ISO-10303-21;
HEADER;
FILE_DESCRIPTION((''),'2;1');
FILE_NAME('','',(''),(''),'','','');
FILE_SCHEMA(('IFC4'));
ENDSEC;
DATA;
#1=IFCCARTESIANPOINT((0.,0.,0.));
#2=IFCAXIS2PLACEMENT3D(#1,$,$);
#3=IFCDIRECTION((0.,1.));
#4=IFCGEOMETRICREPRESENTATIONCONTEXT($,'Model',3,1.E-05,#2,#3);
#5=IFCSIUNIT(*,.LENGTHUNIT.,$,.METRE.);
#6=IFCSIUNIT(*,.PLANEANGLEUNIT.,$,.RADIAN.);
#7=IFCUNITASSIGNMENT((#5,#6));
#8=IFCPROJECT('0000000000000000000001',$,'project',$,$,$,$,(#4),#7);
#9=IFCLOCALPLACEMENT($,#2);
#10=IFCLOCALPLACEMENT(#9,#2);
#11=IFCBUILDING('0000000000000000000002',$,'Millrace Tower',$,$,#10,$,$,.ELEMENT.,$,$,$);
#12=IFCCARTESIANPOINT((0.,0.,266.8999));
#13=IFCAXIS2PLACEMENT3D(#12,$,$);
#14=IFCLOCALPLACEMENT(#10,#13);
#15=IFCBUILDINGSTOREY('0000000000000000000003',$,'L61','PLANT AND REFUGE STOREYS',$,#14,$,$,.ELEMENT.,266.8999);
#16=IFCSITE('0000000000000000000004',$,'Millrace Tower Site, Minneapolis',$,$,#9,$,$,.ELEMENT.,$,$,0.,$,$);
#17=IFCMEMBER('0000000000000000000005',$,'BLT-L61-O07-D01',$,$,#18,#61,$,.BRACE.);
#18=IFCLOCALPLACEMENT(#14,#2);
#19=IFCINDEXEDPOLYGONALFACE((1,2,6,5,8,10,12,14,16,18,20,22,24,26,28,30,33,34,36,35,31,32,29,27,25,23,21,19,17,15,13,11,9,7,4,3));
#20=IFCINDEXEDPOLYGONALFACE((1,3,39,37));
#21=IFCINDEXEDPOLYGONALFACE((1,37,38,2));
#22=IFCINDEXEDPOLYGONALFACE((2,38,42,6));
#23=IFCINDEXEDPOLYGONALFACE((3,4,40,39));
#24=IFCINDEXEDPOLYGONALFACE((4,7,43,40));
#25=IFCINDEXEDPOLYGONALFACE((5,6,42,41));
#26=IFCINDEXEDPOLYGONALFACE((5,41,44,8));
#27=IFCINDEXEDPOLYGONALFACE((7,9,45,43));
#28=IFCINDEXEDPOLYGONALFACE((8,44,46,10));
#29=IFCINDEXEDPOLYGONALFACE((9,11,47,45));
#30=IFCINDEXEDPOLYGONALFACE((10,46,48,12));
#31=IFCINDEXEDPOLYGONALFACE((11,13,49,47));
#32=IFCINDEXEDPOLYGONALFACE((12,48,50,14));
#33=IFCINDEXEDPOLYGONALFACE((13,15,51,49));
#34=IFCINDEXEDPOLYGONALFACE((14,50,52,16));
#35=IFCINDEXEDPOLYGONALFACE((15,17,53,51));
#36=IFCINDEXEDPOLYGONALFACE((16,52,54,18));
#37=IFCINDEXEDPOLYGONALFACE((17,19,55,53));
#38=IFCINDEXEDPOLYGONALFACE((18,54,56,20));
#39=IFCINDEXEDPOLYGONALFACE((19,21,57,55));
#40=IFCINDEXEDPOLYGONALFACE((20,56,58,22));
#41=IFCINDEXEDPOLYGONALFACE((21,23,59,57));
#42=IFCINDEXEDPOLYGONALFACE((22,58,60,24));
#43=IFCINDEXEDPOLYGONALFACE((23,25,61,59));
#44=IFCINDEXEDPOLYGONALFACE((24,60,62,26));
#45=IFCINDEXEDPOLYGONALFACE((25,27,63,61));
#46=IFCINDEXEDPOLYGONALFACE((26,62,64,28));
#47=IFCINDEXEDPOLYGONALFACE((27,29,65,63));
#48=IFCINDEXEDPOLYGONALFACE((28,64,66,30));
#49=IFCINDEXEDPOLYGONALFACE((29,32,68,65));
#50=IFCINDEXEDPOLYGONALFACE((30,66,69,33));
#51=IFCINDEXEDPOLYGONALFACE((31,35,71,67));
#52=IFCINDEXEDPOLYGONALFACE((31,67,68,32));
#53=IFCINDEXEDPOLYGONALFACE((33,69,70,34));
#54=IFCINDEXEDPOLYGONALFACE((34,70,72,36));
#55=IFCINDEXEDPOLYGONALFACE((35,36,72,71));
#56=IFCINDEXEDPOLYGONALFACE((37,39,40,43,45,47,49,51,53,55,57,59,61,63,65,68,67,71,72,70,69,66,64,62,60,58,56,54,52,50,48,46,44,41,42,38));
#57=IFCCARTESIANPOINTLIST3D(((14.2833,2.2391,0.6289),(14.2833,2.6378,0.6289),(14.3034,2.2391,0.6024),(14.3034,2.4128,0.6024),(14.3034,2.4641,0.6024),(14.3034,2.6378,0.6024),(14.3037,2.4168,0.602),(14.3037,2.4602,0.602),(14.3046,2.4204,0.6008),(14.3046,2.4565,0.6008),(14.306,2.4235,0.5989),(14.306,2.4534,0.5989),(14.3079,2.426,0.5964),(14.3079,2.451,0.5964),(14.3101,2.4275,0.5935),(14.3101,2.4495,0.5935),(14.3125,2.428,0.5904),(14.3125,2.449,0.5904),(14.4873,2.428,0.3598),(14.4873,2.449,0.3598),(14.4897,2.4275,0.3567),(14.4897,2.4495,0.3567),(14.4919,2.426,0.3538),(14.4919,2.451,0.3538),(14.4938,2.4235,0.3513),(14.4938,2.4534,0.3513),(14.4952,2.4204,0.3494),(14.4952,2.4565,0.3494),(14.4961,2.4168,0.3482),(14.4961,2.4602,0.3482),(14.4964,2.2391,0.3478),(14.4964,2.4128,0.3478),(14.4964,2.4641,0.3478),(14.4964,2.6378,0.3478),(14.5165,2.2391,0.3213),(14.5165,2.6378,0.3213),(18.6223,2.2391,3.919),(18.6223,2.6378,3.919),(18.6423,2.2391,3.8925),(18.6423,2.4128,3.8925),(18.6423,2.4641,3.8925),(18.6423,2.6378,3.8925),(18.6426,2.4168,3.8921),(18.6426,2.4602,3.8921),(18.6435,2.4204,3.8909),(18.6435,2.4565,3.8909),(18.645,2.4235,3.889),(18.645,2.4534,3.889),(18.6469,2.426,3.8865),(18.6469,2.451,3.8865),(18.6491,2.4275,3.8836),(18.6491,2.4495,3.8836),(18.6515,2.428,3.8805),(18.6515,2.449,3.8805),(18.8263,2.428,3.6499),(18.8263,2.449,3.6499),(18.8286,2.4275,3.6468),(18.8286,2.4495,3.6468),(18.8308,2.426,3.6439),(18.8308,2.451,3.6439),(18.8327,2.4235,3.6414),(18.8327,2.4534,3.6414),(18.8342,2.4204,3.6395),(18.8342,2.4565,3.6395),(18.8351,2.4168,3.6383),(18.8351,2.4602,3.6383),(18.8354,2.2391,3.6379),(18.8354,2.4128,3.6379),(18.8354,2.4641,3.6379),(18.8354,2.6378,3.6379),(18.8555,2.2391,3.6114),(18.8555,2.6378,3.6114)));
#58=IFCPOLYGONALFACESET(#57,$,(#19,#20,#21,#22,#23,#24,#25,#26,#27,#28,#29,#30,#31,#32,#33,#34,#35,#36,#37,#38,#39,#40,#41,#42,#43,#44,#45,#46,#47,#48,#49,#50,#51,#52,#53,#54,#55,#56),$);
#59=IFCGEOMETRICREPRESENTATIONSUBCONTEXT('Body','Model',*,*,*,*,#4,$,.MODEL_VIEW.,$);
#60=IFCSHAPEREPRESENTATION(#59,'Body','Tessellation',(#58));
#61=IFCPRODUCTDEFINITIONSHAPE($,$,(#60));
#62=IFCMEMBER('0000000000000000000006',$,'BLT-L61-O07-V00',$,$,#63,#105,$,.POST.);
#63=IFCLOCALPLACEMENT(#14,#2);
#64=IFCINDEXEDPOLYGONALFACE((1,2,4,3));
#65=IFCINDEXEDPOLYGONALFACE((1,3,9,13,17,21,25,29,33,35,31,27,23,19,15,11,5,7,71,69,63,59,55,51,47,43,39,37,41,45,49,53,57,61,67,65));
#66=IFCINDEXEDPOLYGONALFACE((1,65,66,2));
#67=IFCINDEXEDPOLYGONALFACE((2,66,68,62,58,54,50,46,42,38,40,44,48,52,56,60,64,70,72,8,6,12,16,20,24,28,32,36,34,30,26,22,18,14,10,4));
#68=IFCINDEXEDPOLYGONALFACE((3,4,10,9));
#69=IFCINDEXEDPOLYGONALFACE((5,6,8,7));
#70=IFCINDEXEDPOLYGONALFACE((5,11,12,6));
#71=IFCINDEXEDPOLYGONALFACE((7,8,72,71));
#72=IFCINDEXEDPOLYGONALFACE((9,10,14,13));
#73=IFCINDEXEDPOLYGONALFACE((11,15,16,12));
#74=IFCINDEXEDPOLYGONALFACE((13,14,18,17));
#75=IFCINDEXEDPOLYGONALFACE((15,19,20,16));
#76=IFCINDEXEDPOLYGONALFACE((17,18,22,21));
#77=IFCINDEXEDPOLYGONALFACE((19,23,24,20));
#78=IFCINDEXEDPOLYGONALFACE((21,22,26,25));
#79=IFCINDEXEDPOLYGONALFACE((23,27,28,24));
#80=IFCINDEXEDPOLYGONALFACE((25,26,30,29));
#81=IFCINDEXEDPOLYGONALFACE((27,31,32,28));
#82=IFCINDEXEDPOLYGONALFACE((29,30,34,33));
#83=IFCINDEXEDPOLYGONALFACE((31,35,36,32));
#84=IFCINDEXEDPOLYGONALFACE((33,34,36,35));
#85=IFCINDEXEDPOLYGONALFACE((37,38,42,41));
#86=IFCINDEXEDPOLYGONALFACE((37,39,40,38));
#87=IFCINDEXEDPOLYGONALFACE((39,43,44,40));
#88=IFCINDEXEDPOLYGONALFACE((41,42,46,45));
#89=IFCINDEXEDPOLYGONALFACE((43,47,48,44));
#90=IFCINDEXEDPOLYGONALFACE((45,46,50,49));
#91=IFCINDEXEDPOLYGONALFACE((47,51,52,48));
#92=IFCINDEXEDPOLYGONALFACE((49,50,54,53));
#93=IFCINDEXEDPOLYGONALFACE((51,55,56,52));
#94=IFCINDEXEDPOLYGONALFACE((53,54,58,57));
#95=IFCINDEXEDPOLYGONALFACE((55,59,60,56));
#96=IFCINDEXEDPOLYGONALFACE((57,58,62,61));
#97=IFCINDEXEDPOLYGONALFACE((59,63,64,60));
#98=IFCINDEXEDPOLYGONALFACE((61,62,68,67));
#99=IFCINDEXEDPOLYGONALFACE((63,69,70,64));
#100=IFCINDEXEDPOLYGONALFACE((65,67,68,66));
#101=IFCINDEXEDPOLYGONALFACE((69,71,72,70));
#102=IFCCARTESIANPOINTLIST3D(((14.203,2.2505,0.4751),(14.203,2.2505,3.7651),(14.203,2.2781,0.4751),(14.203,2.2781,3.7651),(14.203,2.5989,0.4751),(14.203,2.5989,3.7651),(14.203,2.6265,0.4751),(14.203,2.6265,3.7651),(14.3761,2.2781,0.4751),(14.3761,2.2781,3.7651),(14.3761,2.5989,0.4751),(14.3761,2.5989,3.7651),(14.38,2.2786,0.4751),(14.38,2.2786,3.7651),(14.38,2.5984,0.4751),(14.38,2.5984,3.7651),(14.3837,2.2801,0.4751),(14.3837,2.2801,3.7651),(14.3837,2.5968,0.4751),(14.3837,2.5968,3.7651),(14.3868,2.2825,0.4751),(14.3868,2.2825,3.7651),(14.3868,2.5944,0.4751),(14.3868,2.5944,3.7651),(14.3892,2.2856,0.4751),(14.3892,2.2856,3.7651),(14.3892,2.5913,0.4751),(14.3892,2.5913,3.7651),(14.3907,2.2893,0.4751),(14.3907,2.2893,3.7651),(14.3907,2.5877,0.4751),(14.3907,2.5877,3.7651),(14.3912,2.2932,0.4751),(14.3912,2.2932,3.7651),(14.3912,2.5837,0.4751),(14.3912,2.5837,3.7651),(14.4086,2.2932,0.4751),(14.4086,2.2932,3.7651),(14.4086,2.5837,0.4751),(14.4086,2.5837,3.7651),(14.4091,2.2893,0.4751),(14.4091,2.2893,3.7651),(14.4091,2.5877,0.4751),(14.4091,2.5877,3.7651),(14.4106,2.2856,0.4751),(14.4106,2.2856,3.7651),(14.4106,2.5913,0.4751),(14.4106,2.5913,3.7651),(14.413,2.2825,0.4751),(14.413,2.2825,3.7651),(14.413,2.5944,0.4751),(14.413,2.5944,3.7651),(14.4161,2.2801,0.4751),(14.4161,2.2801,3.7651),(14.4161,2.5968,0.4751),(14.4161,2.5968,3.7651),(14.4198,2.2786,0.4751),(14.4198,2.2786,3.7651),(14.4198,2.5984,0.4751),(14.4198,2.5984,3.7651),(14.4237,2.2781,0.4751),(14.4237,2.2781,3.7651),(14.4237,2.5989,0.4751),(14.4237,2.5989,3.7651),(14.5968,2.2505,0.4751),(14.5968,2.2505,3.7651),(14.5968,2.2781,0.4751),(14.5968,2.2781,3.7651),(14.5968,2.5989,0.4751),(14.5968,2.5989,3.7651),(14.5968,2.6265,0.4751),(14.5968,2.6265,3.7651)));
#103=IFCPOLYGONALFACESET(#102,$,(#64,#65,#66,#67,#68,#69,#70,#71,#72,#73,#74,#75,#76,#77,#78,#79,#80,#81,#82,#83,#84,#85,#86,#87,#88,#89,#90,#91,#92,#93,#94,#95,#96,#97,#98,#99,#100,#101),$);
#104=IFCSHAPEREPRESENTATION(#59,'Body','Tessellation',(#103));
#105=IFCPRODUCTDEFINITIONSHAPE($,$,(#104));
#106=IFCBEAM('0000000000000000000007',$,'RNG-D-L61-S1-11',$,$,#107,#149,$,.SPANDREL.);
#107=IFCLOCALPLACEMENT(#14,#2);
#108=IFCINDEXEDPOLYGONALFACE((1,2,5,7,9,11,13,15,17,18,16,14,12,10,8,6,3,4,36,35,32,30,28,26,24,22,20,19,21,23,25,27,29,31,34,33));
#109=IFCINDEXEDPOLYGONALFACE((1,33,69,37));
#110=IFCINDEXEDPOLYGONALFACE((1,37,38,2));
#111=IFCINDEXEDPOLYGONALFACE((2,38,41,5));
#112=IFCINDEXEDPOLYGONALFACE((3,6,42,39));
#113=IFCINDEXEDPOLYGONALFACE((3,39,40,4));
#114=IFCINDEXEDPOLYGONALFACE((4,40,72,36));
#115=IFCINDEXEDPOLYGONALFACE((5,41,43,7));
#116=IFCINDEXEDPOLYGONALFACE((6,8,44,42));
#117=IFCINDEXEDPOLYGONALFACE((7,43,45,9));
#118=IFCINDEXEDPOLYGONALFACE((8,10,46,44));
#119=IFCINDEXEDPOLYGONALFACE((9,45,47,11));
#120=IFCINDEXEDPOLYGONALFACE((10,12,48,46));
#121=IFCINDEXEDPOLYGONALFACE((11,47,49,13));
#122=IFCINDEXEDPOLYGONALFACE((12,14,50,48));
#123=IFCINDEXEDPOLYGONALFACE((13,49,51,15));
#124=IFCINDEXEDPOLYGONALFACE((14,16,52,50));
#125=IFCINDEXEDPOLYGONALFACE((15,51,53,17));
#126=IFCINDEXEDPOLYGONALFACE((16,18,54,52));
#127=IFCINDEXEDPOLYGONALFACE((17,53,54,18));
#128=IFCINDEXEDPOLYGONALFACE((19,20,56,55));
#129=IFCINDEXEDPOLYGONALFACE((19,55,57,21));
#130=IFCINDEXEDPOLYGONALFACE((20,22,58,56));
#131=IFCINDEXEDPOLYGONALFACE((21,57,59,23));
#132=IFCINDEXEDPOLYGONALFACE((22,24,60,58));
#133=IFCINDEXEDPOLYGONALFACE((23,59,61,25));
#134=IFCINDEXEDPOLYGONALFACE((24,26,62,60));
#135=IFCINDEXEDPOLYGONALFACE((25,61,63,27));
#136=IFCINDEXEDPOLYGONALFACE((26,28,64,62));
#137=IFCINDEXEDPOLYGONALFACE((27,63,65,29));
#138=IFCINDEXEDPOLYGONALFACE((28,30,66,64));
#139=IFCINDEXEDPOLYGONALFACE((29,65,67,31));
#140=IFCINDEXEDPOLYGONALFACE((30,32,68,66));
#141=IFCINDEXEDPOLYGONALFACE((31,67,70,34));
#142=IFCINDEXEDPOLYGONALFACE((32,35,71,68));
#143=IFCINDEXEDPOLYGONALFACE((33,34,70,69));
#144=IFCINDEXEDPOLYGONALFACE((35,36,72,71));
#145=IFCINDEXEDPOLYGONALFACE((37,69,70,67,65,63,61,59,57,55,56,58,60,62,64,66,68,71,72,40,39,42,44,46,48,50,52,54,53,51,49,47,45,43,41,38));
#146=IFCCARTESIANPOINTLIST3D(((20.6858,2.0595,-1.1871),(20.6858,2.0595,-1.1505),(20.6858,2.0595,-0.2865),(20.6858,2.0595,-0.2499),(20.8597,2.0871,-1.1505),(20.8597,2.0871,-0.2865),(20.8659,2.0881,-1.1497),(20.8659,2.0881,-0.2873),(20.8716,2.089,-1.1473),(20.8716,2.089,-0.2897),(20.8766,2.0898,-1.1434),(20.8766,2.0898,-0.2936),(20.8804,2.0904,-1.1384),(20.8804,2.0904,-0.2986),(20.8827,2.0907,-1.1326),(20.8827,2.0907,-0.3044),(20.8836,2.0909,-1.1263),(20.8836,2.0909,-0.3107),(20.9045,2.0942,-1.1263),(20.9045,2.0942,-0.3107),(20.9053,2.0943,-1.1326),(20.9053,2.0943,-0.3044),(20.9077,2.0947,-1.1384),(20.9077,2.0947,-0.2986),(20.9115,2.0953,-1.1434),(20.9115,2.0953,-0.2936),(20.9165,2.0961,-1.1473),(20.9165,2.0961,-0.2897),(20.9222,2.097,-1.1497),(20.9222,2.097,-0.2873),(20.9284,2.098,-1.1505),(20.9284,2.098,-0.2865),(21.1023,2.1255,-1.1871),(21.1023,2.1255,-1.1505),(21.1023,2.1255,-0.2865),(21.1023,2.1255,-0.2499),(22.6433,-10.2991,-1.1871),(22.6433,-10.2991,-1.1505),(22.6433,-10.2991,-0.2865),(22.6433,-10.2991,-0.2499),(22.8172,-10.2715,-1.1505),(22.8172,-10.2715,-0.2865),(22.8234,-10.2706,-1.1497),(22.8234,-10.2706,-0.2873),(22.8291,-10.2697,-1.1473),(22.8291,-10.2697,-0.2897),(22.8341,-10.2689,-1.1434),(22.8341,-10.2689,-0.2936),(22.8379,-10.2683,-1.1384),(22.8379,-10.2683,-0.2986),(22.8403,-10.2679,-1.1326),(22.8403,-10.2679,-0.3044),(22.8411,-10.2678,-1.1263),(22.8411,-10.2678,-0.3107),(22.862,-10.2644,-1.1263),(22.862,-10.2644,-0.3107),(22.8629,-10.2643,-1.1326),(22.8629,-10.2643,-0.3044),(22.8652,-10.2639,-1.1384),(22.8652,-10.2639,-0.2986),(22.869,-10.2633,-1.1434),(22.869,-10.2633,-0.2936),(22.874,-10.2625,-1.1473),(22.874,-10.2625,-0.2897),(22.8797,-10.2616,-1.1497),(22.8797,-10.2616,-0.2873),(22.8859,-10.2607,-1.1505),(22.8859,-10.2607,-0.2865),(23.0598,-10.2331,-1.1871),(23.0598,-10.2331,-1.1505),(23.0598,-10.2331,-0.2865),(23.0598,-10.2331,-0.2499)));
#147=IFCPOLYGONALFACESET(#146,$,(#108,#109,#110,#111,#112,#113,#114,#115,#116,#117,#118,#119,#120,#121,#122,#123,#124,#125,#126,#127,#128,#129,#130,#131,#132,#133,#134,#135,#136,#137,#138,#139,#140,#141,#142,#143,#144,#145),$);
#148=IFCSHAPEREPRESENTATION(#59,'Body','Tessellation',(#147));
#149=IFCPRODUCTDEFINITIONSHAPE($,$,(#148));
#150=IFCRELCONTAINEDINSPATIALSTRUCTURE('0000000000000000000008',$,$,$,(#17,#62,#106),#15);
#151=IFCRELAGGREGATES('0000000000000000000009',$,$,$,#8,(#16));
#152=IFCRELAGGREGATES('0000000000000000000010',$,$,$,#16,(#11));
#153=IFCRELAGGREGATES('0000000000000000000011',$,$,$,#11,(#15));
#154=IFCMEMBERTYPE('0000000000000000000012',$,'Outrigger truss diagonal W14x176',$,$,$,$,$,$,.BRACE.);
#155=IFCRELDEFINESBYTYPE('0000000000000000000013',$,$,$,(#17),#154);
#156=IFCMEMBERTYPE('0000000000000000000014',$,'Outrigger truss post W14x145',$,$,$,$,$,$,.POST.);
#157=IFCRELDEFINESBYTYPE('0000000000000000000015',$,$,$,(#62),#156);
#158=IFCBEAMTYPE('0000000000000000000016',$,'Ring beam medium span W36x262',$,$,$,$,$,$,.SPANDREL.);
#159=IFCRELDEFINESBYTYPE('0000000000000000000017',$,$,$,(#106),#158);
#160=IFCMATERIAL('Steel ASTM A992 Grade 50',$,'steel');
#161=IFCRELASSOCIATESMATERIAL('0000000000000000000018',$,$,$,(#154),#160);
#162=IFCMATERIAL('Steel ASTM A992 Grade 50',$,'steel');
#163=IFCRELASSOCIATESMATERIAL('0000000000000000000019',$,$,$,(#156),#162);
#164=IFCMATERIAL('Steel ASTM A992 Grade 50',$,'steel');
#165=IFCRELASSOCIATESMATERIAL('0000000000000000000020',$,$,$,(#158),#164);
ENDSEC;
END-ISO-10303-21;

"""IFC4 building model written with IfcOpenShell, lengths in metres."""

from ifc_helpers import new_model, si_unit, direction, frame, origin, origin_2d, place, context, subcontext, project, spatial, i_section, extrude, material, material_profile, profile_set, type_object, element, save


model = new_model("IFC4")

# Units and contexts
model_context = context("Model", 3, precision=1e-05, world=origin(), true_north=direction((0.0, 1.0)))
body_context = subcontext(model_context, "Body", "Model", "MODEL_VIEW")
ifc_project = project(units=[si_unit("LENGTHUNIT", "METRE"), si_unit("PLANEANGLEUNIT", "RADIAN")], contexts=[model_context])

# Site, building, storey
site_placement = place(None, origin())
site = spatial("IfcSite", under=ifc_project, at=site_placement, Name="Millrace Tower Site, Minneapolis", CompositionType="ELEMENT", RefElevation=0.0)
building_placement = place(site_placement, origin())
building = spatial("IfcBuilding", under=site, at=building_placement, Name="Millrace Tower", CompositionType="ELEMENT")
storey_placement = place(building_placement, frame((0.0, 0.0, 266.8999)))
storey = spatial("IfcBuildingStorey", under=building, at=storey_placement, Name="L61", Description="PLANT AND REFUGE STOREYS", CompositionType="ELEMENT", Elevation=266.8999)

# Members
ifc_material_1 = material(Name="Steel ASTM A992 Grade 50", Category="steel")
ifc_material_profile_1 = material_profile(ifc_material_1, i_section(OverallWidth=0.3987, OverallDepth=0.386, WebThickness=0.021, FlangeThickness=0.0332, FilletRadius=0.0151, at=origin_2d()))
ifc_profile_set_1 = profile_set([ifc_material_profile_1], Name="Steel ASTM A992 Grade 50")
member_type_1 = type_object("IfcMemberType", Name="Outrigger truss diagonal W14x176", PredefinedType="BRACE", material=ifc_profile_set_1)
member_1_placement = place(storey_placement, frame((14.3999, 2.4385, 0.4751), z_axis=(0.796825, 0.0, 0.60421), x_axis=(0.0, 1.0, 0.0)))
element("IfcMember", 1, at=member_1_placement, inside=storey, type_object=member_type_1, Name="BLT-L61-O07-D01", PredefinedType="BRACE", context=body_context, shape_type="SweptSolid", body=[
    extrude(i_section(OverallWidth=0.3987, OverallDepth=0.386, WebThickness=0.021, FlangeThickness=0.0332, FilletRadius=0.0151, at=origin_2d()), origin(), (0.0, 0.0, 1.0), 5.4453),
])
ifc_material_2 = material(Name="Steel ASTM A992 Grade 50", Category="steel")
ifc_material_profile_2 = material_profile(ifc_material_2, i_section(OverallWidth=0.3938, OverallDepth=0.376, WebThickness=0.0173, FlangeThickness=0.0276, FilletRadius=0.0151, at=origin_2d()))
ifc_profile_set_2 = profile_set([ifc_material_profile_2], Name="Steel ASTM A992 Grade 50")
member_type_2 = type_object("IfcMemberType", Name="Outrigger truss post W14x145", PredefinedType="POST", material=ifc_profile_set_2)
member_2_placement = place(storey_placement, frame((14.3999, 2.4385, 0.4751), z_axis=(0.0, 0.0, 1.0), x_axis=(1.0, 0.0, 0.0)))
element("IfcMember", 2, at=member_2_placement, inside=storey, type_object=member_type_2, Name="BLT-L61-O07-V00", PredefinedType="POST", context=body_context, shape_type="SweptSolid", body=[
    extrude(i_section(OverallWidth=0.3938, OverallDepth=0.376, WebThickness=0.0173, FlangeThickness=0.0276, FilletRadius=0.0151, at=origin_2d()), origin(), (0.0, 0.0, 1.0), 3.29),
])

# Beam
ifc_material_3 = material(Name="Steel ASTM A992 Grade 50", Category="steel")
ifc_material_profile_3 = material_profile(ifc_material_3, i_section(OverallWidth=0.4216, OverallDepth=0.9373, WebThickness=0.0212, FlangeThickness=0.0366, FilletRadius=0.0242, at=origin_2d()))
ifc_profile_set_3 = profile_set([ifc_material_profile_3], Name="Steel ASTM A992 Grade 50")
beam_type_1 = type_object("IfcBeamType", Name="Ring beam medium span W36x262", PredefinedType="SPANDREL", material=ifc_profile_set_3)
beam_1_placement = place(storey_placement, frame((20.894, 2.0925, -0.7185), z_axis=(0.156442, -0.987687, 0.0), x_axis=(0.987687, 0.156442, 0.0)))
element("IfcBeam", 3, at=beam_1_placement, inside=storey, type_object=beam_type_1, Name="RNG-D-L61-S1-11", PredefinedType="SPANDREL", context=body_context, shape_type="SweptSolid", body=[
    extrude(i_section(OverallWidth=0.4216, OverallDepth=0.9373, WebThickness=0.0212, FlangeThickness=0.0366, FilletRadius=0.0242, at=origin_2d()), origin(), (0.0, 0.0, 1.0), 12.5127),
])

save(model, "model.ifc")
